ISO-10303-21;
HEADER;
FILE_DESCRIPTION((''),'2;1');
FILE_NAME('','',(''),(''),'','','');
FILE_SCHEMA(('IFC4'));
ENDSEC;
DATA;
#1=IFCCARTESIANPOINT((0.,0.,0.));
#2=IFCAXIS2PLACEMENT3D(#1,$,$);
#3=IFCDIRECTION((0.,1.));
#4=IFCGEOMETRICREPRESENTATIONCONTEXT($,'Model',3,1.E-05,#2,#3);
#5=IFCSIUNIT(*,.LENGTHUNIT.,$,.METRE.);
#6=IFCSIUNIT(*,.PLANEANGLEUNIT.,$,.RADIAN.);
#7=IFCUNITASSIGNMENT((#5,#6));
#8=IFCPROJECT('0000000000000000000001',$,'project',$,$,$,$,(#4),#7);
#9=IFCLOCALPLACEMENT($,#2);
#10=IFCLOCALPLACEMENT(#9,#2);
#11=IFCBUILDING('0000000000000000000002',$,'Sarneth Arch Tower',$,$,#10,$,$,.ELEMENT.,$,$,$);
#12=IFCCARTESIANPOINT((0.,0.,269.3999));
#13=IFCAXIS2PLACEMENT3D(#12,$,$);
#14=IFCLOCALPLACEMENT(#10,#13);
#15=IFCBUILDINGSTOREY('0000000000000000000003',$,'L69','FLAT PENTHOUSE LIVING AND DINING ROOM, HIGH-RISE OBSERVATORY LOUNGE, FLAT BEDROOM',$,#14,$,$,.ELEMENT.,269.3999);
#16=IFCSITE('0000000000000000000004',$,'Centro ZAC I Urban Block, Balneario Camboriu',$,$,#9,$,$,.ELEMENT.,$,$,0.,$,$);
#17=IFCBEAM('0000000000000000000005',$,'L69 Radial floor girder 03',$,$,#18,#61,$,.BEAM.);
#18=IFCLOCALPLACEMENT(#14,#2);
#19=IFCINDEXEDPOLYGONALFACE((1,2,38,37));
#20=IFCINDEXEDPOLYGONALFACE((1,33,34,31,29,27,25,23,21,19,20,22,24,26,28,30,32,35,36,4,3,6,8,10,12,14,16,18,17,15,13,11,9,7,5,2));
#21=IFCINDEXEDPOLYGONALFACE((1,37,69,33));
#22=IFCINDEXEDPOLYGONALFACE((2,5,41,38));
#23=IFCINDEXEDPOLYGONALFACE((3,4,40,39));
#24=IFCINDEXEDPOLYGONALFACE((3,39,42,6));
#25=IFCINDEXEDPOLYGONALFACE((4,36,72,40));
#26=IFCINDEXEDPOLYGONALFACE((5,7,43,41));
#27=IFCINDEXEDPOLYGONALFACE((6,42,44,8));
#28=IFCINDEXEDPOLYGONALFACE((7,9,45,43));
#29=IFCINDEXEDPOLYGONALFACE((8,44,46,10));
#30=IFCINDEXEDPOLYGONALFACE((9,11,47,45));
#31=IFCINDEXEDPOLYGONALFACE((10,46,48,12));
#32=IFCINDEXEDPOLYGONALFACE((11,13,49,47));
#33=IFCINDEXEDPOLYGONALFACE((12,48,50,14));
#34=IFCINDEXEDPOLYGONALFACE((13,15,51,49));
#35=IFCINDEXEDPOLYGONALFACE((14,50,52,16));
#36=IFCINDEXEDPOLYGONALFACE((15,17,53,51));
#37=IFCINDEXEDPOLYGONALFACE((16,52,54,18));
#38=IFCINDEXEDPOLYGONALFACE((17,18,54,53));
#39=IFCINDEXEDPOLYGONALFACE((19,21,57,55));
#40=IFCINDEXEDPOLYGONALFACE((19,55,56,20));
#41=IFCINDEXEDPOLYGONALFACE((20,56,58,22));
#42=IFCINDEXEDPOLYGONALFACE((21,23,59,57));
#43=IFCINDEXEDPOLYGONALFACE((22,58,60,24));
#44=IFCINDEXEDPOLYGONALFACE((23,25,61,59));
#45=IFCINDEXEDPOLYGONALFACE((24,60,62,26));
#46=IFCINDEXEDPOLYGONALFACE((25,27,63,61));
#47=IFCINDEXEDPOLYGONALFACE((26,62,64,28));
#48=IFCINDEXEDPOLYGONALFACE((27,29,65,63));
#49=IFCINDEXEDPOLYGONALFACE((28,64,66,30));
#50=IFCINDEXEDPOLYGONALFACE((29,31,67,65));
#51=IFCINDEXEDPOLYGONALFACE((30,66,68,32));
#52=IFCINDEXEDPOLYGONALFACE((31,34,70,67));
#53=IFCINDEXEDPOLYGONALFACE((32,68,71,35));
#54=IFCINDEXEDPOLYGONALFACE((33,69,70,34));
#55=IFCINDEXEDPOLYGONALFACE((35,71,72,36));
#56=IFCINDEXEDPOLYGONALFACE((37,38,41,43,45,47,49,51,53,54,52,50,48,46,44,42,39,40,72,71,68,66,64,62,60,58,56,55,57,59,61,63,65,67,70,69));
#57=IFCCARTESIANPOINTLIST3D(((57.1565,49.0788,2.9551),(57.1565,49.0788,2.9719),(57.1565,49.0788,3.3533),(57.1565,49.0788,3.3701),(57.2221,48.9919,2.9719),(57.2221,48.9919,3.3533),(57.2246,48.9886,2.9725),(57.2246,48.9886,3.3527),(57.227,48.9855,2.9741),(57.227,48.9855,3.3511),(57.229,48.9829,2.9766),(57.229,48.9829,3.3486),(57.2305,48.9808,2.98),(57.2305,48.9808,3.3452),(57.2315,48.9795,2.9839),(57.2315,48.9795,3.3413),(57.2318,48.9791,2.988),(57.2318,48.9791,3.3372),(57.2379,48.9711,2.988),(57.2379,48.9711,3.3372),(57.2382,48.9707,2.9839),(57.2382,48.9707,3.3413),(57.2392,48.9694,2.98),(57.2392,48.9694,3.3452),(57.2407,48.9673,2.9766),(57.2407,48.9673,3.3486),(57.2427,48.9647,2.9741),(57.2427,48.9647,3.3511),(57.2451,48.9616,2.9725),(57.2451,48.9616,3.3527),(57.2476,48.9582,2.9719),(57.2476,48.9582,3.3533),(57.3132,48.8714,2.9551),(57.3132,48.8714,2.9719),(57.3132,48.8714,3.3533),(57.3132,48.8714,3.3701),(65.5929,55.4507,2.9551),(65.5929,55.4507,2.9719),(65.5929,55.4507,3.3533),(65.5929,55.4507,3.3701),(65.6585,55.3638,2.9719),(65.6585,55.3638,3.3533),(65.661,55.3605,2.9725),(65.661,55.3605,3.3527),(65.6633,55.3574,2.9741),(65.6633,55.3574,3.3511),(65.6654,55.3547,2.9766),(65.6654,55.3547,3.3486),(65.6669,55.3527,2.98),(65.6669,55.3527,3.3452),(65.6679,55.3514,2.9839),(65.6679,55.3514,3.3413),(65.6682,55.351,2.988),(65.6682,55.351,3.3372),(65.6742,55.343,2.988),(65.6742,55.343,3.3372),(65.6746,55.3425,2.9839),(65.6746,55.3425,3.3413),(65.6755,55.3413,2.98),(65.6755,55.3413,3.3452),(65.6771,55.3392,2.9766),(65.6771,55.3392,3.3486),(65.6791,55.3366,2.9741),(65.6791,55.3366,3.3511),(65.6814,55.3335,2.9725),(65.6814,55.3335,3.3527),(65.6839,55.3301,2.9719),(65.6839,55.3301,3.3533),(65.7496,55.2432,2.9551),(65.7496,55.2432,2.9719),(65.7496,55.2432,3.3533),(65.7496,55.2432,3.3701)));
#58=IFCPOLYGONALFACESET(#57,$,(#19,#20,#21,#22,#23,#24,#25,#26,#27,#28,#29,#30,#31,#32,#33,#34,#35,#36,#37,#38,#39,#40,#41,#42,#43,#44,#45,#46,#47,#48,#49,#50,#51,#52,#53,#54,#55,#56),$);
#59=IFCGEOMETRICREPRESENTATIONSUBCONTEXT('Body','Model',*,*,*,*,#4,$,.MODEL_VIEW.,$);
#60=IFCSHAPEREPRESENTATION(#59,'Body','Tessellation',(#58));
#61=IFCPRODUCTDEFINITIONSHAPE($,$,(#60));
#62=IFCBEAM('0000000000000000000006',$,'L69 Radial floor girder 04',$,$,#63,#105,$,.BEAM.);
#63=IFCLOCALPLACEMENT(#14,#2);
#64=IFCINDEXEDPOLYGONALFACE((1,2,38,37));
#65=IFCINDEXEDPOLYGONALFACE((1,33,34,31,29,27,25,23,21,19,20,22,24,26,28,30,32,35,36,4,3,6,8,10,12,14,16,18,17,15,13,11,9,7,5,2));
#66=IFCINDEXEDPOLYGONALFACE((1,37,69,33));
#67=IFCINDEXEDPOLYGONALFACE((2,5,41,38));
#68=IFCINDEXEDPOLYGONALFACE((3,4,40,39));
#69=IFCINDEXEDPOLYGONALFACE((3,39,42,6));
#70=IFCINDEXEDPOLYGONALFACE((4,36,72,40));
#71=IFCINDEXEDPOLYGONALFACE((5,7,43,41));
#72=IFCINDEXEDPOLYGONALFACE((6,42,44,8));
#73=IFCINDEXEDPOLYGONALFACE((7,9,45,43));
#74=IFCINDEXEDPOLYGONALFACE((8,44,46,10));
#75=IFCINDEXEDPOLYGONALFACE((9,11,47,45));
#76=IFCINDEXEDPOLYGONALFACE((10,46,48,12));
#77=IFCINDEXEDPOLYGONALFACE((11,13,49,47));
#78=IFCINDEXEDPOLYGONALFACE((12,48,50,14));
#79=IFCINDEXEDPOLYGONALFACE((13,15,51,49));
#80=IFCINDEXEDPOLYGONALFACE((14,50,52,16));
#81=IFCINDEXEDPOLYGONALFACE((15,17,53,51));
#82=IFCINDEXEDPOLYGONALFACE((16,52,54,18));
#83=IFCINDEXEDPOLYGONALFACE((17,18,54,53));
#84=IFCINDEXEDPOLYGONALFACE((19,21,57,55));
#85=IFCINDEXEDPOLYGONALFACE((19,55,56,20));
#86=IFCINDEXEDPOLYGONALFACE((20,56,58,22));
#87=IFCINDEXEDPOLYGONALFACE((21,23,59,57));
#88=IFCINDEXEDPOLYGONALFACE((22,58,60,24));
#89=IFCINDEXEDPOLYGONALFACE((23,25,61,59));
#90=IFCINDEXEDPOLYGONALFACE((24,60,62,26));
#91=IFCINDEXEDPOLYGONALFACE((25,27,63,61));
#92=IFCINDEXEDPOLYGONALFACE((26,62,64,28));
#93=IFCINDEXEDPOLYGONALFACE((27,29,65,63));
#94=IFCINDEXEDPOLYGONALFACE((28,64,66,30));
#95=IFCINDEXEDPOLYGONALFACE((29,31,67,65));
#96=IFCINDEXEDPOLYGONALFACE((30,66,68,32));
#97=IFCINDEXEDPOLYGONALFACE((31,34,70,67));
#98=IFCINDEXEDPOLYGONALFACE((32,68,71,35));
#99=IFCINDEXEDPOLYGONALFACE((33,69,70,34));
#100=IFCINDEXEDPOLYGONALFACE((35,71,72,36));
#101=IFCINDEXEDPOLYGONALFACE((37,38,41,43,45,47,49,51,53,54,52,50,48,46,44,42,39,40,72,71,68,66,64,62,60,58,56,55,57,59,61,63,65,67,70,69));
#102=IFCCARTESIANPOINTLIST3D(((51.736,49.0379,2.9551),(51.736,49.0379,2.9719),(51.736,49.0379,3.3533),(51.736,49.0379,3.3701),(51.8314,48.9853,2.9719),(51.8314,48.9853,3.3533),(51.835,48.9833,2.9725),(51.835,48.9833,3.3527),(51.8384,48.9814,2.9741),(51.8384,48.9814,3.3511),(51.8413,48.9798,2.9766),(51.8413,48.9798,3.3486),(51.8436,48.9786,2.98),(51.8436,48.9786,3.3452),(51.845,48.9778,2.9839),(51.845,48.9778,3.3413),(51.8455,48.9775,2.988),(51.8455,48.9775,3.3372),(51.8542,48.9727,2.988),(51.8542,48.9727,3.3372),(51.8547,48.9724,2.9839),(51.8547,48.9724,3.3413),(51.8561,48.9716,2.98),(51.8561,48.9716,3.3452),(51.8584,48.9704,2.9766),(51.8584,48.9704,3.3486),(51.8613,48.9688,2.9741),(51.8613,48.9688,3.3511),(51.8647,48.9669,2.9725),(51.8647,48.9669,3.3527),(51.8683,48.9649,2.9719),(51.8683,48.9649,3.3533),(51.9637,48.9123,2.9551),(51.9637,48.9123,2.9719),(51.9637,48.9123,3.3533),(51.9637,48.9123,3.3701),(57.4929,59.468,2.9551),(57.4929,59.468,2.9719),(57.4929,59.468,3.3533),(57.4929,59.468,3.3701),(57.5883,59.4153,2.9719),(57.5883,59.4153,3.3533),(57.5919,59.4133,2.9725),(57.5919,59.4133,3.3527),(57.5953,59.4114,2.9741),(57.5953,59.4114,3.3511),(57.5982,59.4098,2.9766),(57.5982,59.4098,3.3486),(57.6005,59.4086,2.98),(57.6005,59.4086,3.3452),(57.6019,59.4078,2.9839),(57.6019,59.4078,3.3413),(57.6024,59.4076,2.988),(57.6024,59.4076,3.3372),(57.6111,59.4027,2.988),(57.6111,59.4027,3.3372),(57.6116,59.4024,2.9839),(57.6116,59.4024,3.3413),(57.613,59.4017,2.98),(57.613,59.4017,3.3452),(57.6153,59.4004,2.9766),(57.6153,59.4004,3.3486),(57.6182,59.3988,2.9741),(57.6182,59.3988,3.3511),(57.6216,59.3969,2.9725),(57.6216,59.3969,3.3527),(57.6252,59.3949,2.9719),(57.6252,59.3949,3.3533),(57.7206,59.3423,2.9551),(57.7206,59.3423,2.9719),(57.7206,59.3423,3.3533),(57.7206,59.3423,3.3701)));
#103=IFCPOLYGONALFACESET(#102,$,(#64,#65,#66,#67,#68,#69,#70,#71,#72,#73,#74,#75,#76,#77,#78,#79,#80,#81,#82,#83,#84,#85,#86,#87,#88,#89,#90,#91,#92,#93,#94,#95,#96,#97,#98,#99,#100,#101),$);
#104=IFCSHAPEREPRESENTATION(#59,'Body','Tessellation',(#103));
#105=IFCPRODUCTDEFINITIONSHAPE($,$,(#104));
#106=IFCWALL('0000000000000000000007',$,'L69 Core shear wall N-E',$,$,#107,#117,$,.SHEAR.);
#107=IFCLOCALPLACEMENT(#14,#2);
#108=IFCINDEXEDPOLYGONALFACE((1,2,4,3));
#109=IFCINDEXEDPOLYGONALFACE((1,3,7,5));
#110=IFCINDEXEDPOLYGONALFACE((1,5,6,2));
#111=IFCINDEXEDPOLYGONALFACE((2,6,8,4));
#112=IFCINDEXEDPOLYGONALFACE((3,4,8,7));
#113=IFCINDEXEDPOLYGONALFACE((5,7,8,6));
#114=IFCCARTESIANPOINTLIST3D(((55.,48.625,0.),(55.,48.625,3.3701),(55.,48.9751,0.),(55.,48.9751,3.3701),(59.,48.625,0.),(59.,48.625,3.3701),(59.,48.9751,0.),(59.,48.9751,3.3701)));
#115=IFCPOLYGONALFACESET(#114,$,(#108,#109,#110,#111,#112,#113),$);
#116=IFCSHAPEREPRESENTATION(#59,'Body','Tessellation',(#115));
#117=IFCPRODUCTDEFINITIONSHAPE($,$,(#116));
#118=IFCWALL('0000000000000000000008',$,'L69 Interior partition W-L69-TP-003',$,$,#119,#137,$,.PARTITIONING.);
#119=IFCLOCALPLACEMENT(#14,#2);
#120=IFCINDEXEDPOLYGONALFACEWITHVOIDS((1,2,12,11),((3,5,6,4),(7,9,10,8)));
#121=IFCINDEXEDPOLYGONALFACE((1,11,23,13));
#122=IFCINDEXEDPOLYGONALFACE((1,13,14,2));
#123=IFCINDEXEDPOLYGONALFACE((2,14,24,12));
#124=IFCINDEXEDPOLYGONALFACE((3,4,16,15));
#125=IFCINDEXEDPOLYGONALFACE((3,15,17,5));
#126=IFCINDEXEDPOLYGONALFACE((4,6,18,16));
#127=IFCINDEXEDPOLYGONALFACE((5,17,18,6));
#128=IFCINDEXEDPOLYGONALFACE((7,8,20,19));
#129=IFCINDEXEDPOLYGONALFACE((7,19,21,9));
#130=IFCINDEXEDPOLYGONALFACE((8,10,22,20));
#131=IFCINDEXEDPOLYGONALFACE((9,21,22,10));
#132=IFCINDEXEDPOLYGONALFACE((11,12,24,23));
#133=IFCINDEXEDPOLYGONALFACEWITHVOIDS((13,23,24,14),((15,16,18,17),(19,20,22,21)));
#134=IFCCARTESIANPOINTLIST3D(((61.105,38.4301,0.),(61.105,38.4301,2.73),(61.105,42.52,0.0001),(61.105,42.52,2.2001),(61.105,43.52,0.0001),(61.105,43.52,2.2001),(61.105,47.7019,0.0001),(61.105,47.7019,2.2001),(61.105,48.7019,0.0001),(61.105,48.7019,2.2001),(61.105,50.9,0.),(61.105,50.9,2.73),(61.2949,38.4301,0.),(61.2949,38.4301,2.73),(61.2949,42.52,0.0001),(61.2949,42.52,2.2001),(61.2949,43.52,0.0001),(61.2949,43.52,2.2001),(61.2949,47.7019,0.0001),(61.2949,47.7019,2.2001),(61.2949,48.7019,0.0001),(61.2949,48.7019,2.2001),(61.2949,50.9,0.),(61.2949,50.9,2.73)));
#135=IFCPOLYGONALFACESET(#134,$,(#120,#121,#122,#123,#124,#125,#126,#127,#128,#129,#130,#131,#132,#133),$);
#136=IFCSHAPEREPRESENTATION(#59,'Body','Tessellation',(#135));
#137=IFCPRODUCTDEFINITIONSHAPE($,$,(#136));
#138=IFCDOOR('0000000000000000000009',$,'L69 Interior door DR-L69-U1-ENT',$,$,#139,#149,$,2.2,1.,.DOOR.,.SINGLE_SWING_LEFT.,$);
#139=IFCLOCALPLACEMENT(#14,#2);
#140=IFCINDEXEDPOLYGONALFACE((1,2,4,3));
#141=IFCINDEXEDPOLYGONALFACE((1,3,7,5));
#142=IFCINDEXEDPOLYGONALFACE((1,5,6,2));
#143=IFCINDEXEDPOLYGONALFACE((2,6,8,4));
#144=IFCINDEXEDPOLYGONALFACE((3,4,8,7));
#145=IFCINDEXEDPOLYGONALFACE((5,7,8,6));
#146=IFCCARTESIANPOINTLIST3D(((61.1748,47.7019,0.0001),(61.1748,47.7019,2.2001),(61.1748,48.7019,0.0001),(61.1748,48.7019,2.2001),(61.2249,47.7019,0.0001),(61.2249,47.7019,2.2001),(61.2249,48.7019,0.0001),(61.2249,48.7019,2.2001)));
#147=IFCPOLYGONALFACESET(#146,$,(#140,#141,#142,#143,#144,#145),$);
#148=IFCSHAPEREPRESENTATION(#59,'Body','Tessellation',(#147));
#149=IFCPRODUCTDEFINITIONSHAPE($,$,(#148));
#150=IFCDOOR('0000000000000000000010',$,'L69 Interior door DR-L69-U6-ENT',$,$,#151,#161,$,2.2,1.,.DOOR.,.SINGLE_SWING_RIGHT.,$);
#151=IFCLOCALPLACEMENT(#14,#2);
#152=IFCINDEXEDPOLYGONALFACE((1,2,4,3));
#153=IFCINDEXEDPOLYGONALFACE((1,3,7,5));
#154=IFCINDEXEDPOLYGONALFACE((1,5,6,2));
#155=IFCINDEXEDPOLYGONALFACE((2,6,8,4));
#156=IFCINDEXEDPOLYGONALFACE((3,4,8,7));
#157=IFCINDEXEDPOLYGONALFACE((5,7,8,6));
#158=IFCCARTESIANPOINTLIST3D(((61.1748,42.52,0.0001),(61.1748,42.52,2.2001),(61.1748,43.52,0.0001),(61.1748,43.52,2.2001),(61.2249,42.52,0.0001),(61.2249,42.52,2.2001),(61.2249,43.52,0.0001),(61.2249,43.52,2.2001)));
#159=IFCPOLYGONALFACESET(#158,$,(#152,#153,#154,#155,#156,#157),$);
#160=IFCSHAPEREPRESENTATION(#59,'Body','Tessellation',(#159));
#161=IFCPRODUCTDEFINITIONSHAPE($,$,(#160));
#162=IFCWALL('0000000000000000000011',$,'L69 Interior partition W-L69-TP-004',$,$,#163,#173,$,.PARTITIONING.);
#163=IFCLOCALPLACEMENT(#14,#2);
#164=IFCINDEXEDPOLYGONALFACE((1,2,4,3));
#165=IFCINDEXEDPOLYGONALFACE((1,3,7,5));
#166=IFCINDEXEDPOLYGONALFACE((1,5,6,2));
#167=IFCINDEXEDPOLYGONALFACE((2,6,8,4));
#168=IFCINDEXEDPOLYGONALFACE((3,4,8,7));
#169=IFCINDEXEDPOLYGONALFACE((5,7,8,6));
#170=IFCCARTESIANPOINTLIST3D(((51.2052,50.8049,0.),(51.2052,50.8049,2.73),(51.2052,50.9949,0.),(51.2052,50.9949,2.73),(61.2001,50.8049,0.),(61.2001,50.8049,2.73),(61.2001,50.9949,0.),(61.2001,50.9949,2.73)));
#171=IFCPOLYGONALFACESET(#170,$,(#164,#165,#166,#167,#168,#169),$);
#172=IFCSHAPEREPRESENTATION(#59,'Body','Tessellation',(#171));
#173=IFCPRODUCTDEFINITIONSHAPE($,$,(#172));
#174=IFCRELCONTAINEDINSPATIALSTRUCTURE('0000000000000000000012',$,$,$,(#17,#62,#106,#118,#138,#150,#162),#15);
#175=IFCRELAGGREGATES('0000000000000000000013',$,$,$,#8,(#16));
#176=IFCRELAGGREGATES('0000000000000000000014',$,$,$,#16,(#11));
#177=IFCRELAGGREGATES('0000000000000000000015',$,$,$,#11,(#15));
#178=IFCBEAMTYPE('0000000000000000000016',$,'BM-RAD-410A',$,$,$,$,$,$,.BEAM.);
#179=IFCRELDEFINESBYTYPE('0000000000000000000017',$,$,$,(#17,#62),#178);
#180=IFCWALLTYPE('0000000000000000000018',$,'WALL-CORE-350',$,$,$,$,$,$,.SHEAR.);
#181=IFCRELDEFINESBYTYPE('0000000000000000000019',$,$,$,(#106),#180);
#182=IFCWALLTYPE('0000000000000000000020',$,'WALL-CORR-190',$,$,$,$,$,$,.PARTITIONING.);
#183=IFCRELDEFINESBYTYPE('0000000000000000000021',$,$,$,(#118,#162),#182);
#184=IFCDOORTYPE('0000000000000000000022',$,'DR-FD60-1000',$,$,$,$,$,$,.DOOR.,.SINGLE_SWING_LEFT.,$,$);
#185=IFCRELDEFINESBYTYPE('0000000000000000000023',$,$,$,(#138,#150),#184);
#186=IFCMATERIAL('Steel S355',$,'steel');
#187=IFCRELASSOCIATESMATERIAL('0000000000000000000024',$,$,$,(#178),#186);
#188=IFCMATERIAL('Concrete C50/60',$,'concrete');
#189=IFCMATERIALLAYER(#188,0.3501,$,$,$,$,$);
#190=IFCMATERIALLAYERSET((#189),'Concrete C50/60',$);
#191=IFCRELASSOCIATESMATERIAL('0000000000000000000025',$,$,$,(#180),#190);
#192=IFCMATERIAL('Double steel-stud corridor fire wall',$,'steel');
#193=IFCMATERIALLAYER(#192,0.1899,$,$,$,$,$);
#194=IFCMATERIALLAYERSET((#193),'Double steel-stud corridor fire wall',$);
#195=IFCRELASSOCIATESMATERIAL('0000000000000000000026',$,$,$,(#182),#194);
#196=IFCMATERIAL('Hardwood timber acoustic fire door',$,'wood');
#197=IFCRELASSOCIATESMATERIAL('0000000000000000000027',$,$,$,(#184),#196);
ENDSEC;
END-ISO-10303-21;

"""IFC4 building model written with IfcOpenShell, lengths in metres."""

from ifc_helpers import new_model, si_unit, direction, frame, frame_2d, origin, origin_2d, place, context, subcontext, project, spatial, rectangle, i_section, extrude, material, layer, layer_set, material_profile, profile_set, type_object, element, fill, save


model = new_model("IFC4")

# Units and contexts
model_context = context("Model", 3, precision=1e-05, world=origin(), true_north=direction((0.0, 1.0)))
body_context = subcontext(model_context, "Body", "Model", "MODEL_VIEW")
ifc_project = project(units=[si_unit("LENGTHUNIT", "METRE"), si_unit("PLANEANGLEUNIT", "RADIAN")], contexts=[model_context])

# Site, building, storey
site_placement = place(None, origin())
site = spatial("IfcSite", under=ifc_project, at=site_placement, Name="Centro ZAC I Urban Block, Balneario Camboriu", CompositionType="ELEMENT", RefElevation=0.0)
building_placement = place(site_placement, origin())
building = spatial("IfcBuilding", under=site, at=building_placement, Name="Sarneth Arch Tower", CompositionType="ELEMENT")
storey_placement = place(building_placement, frame((0.0, 0.0, 269.3999)))
storey = spatial("IfcBuildingStorey", under=building, at=storey_placement, Name="L69", Description="FLAT PENTHOUSE LIVING AND DINING ROOM, HIGH-RISE OBSERVATORY LOUNGE, FLAT BEDROOM", CompositionType="ELEMENT", Elevation=269.3999)

# Beams
ifc_material_1 = material(Name="Steel S355", Category="steel")
ifc_material_profile_1 = material_profile(ifc_material_1, i_section(OverallWidth=0.26, OverallDepth=0.415, WebThickness=0.01, FlangeThickness=0.0168, FilletRadius=0.0161, at=origin_2d()), Name="W410x100")
ifc_profile_set_1 = profile_set([ifc_material_profile_1], Name="Steel S355")
beam_type_1 = type_object("IfcBeamType", Name="BM-RAD-410A", PredefinedType="BEAM", material=ifc_profile_set_1)
beam_1_placement = place(storey_placement, frame((57.2349, 48.9751, 3.1626), z_axis=(0.79797, 0.602698, 0.0), x_axis=(-0.602698, 0.79797, 0.0)))
element("IfcBeam", 1, at=beam_1_placement, inside=storey, type_object=beam_type_1, Name="L69 Radial floor girder 03", PredefinedType="BEAM", context=body_context, shape_type="SweptSolid", body=[
    extrude(i_section(OverallWidth=0.26, OverallDepth=0.415, WebThickness=0.01, FlangeThickness=0.0168, FilletRadius=0.0161, at=origin_2d()), origin(), (0.0, 0.0, 1.0), 10.5723),
])
beam_2_placement = place(storey_placement, frame((51.8499, 48.9751, 3.1626), z_axis=(0.483231, 0.875493, 0.0), x_axis=(-0.875493, 0.483231, 0.0)))
element("IfcBeam", 2, at=beam_2_placement, inside=storey, type_object=beam_type_1, Name="L69 Radial floor girder 04", PredefinedType="BEAM", context=body_context, shape_type="SweptSolid", body=[
    extrude(i_section(OverallWidth=0.26, OverallDepth=0.415, WebThickness=0.01, FlangeThickness=0.0168, FilletRadius=0.0161, at=origin_2d()), origin(), (0.0, 0.0, 1.0), 11.9133),
])

# Wall
ifc_material_2 = material(Name="Concrete C50/60", Category="concrete")
ifc_layer_1 = layer(ifc_material_2, 0.3501)
ifc_layer_set_1 = layer_set([ifc_layer_1], Name="Concrete C50/60")
wall_type_1 = type_object("IfcWallType", Name="WALL-CORE-350", PredefinedType="SHEAR", material=ifc_layer_set_1)
wall_1_placement = place(storey_placement, frame((55.0, 48.8, 0.0), z_axis=(0.0, 0.0, 1.0), x_axis=(1.0, 0.0, 0.0)))
element("IfcWall", 3, at=wall_1_placement, inside=storey, type_object=wall_type_1, Name="L69 Core shear wall N-E", PredefinedType="SHEAR", context=body_context, shape_type="SweptSolid", body=[
    extrude(rectangle(XDim=4.0, YDim=0.3501, at=frame_2d((2.0, 0.0))), origin(), (0.0, 0.0, 1.0), 3.3701),
])

# Wall, openings, doors
ifc_material_3 = material(Name="Double steel-stud corridor fire wall", Category="steel")
ifc_layer_2 = layer(ifc_material_3, 0.1899)
ifc_layer_set_2 = layer_set([ifc_layer_2], Name="Double steel-stud corridor fire wall")
wall_type_2 = type_object("IfcWallType", Name="WALL-CORR-190", PredefinedType="PARTITIONING", material=ifc_layer_set_2)
wall_2_placement = place(storey_placement, frame((61.2, 50.8999, 0.0), z_axis=(0.0, 0.0, 1.0), x_axis=(0.0, -1.0, 0.0)))
wall_2 = element("IfcWall", 4, at=wall_2_placement, inside=storey, type_object=wall_type_2, Name="L69 Interior partition W-L69-TP-003", PredefinedType="PARTITIONING", context=body_context, shape_type="SweptSolid", body=[
    extrude(rectangle(XDim=12.47, YDim=0.1899, at=frame_2d((6.2349, 0.0))), origin(), (0.0, 0.0, 1.0), 2.73),
])
opening_1_placement = place(wall_2_placement, frame((2.198, 0.0, 0.0)))
opening_1 = element("IfcOpeningElement", 5, at=opening_1_placement, cuts=wall_2, PredefinedType="OPENING", context=body_context, shape_type="SweptSolid", body=[
    extrude(rectangle(XDim=1.0, YDim=2.2, at=frame_2d((0.5, 1.1001))), frame((0.0, 0.105, 0.0), z_axis=(0.0, -1.0, 0.0), x_axis=(1.0, 0.0, 0.0)), (0.0, 0.0, 1.0), 0.21),
])
opening_2_placement = place(wall_2_placement, frame((7.3799, 0.0, 0.0)))
opening_2 = element("IfcOpeningElement", 6, at=opening_2_placement, cuts=wall_2, PredefinedType="OPENING", context=body_context, shape_type="SweptSolid", body=[
    extrude(rectangle(XDim=1.0, YDim=2.2, at=frame_2d((0.5, 1.1001))), frame((0.0, 0.105, 0.0), z_axis=(0.0, -1.0, 0.0), x_axis=(1.0, 0.0, 0.0)), (0.0, 0.0, 1.0), 0.21),
])
ifc_material_4 = material(Name="Hardwood timber acoustic fire door", Category="wood")
door_type_1 = type_object("IfcDoorType", Name="DR-FD60-1000", OperationType="SINGLE_SWING_LEFT", PredefinedType="DOOR", material=ifc_material_4)
door_1_placement = place(opening_1_placement, origin())
door_1 = element("IfcDoor", 7, at=door_1_placement, inside=storey, type_object=door_type_1, Name="L69 Interior door DR-L69-U1-ENT", OperationType="SINGLE_SWING_LEFT", OverallHeight=2.2, OverallWidth=1.0, PredefinedType="DOOR", context=body_context, shape_type="SweptSolid", body=[
    extrude(rectangle(XDim=1.0, YDim=2.2, at=frame_2d((0.5, 1.1001))), frame((0.0, 0.0249, 0.0), z_axis=(0.0, -1.0, 0.0), x_axis=(1.0, 0.0, 0.0)), (0.0, 0.0, 1.0), 0.05),
])
fill(opening_1, door_1)
door_2_placement = place(opening_2_placement, origin())
door_2 = element("IfcDoor", 8, at=door_2_placement, inside=storey, type_object=door_type_1, Name="L69 Interior door DR-L69-U6-ENT", OperationType="SINGLE_SWING_RIGHT", OverallHeight=2.2, OverallWidth=1.0, PredefinedType="DOOR", context=body_context, shape_type="SweptSolid", body=[
    extrude(rectangle(XDim=1.0, YDim=2.2, at=frame_2d((0.5, 1.1001))), frame((0.0, 0.0249, 0.0), z_axis=(0.0, -1.0, 0.0), x_axis=(1.0, 0.0, 0.0)), (0.0, 0.0, 1.0), 0.05),
])
fill(opening_2, door_2)

# Wall
wall_3_placement = place(storey_placement, frame((51.2051, 50.8999, 0.0), z_axis=(0.0, 0.0, 1.0), x_axis=(1.0, 0.0, 0.0)))
element("IfcWall", 9, at=wall_3_placement, inside=storey, type_object=wall_type_2, Name="L69 Interior partition W-L69-TP-004", PredefinedType="PARTITIONING", context=body_context, shape_type="SweptSolid", body=[
    extrude(rectangle(XDim=9.9949, YDim=0.1899, at=frame_2d((4.9976, 0.0))), origin(), (0.0, 0.0, 1.0), 2.73),
])

save(model, "model.ifc")
